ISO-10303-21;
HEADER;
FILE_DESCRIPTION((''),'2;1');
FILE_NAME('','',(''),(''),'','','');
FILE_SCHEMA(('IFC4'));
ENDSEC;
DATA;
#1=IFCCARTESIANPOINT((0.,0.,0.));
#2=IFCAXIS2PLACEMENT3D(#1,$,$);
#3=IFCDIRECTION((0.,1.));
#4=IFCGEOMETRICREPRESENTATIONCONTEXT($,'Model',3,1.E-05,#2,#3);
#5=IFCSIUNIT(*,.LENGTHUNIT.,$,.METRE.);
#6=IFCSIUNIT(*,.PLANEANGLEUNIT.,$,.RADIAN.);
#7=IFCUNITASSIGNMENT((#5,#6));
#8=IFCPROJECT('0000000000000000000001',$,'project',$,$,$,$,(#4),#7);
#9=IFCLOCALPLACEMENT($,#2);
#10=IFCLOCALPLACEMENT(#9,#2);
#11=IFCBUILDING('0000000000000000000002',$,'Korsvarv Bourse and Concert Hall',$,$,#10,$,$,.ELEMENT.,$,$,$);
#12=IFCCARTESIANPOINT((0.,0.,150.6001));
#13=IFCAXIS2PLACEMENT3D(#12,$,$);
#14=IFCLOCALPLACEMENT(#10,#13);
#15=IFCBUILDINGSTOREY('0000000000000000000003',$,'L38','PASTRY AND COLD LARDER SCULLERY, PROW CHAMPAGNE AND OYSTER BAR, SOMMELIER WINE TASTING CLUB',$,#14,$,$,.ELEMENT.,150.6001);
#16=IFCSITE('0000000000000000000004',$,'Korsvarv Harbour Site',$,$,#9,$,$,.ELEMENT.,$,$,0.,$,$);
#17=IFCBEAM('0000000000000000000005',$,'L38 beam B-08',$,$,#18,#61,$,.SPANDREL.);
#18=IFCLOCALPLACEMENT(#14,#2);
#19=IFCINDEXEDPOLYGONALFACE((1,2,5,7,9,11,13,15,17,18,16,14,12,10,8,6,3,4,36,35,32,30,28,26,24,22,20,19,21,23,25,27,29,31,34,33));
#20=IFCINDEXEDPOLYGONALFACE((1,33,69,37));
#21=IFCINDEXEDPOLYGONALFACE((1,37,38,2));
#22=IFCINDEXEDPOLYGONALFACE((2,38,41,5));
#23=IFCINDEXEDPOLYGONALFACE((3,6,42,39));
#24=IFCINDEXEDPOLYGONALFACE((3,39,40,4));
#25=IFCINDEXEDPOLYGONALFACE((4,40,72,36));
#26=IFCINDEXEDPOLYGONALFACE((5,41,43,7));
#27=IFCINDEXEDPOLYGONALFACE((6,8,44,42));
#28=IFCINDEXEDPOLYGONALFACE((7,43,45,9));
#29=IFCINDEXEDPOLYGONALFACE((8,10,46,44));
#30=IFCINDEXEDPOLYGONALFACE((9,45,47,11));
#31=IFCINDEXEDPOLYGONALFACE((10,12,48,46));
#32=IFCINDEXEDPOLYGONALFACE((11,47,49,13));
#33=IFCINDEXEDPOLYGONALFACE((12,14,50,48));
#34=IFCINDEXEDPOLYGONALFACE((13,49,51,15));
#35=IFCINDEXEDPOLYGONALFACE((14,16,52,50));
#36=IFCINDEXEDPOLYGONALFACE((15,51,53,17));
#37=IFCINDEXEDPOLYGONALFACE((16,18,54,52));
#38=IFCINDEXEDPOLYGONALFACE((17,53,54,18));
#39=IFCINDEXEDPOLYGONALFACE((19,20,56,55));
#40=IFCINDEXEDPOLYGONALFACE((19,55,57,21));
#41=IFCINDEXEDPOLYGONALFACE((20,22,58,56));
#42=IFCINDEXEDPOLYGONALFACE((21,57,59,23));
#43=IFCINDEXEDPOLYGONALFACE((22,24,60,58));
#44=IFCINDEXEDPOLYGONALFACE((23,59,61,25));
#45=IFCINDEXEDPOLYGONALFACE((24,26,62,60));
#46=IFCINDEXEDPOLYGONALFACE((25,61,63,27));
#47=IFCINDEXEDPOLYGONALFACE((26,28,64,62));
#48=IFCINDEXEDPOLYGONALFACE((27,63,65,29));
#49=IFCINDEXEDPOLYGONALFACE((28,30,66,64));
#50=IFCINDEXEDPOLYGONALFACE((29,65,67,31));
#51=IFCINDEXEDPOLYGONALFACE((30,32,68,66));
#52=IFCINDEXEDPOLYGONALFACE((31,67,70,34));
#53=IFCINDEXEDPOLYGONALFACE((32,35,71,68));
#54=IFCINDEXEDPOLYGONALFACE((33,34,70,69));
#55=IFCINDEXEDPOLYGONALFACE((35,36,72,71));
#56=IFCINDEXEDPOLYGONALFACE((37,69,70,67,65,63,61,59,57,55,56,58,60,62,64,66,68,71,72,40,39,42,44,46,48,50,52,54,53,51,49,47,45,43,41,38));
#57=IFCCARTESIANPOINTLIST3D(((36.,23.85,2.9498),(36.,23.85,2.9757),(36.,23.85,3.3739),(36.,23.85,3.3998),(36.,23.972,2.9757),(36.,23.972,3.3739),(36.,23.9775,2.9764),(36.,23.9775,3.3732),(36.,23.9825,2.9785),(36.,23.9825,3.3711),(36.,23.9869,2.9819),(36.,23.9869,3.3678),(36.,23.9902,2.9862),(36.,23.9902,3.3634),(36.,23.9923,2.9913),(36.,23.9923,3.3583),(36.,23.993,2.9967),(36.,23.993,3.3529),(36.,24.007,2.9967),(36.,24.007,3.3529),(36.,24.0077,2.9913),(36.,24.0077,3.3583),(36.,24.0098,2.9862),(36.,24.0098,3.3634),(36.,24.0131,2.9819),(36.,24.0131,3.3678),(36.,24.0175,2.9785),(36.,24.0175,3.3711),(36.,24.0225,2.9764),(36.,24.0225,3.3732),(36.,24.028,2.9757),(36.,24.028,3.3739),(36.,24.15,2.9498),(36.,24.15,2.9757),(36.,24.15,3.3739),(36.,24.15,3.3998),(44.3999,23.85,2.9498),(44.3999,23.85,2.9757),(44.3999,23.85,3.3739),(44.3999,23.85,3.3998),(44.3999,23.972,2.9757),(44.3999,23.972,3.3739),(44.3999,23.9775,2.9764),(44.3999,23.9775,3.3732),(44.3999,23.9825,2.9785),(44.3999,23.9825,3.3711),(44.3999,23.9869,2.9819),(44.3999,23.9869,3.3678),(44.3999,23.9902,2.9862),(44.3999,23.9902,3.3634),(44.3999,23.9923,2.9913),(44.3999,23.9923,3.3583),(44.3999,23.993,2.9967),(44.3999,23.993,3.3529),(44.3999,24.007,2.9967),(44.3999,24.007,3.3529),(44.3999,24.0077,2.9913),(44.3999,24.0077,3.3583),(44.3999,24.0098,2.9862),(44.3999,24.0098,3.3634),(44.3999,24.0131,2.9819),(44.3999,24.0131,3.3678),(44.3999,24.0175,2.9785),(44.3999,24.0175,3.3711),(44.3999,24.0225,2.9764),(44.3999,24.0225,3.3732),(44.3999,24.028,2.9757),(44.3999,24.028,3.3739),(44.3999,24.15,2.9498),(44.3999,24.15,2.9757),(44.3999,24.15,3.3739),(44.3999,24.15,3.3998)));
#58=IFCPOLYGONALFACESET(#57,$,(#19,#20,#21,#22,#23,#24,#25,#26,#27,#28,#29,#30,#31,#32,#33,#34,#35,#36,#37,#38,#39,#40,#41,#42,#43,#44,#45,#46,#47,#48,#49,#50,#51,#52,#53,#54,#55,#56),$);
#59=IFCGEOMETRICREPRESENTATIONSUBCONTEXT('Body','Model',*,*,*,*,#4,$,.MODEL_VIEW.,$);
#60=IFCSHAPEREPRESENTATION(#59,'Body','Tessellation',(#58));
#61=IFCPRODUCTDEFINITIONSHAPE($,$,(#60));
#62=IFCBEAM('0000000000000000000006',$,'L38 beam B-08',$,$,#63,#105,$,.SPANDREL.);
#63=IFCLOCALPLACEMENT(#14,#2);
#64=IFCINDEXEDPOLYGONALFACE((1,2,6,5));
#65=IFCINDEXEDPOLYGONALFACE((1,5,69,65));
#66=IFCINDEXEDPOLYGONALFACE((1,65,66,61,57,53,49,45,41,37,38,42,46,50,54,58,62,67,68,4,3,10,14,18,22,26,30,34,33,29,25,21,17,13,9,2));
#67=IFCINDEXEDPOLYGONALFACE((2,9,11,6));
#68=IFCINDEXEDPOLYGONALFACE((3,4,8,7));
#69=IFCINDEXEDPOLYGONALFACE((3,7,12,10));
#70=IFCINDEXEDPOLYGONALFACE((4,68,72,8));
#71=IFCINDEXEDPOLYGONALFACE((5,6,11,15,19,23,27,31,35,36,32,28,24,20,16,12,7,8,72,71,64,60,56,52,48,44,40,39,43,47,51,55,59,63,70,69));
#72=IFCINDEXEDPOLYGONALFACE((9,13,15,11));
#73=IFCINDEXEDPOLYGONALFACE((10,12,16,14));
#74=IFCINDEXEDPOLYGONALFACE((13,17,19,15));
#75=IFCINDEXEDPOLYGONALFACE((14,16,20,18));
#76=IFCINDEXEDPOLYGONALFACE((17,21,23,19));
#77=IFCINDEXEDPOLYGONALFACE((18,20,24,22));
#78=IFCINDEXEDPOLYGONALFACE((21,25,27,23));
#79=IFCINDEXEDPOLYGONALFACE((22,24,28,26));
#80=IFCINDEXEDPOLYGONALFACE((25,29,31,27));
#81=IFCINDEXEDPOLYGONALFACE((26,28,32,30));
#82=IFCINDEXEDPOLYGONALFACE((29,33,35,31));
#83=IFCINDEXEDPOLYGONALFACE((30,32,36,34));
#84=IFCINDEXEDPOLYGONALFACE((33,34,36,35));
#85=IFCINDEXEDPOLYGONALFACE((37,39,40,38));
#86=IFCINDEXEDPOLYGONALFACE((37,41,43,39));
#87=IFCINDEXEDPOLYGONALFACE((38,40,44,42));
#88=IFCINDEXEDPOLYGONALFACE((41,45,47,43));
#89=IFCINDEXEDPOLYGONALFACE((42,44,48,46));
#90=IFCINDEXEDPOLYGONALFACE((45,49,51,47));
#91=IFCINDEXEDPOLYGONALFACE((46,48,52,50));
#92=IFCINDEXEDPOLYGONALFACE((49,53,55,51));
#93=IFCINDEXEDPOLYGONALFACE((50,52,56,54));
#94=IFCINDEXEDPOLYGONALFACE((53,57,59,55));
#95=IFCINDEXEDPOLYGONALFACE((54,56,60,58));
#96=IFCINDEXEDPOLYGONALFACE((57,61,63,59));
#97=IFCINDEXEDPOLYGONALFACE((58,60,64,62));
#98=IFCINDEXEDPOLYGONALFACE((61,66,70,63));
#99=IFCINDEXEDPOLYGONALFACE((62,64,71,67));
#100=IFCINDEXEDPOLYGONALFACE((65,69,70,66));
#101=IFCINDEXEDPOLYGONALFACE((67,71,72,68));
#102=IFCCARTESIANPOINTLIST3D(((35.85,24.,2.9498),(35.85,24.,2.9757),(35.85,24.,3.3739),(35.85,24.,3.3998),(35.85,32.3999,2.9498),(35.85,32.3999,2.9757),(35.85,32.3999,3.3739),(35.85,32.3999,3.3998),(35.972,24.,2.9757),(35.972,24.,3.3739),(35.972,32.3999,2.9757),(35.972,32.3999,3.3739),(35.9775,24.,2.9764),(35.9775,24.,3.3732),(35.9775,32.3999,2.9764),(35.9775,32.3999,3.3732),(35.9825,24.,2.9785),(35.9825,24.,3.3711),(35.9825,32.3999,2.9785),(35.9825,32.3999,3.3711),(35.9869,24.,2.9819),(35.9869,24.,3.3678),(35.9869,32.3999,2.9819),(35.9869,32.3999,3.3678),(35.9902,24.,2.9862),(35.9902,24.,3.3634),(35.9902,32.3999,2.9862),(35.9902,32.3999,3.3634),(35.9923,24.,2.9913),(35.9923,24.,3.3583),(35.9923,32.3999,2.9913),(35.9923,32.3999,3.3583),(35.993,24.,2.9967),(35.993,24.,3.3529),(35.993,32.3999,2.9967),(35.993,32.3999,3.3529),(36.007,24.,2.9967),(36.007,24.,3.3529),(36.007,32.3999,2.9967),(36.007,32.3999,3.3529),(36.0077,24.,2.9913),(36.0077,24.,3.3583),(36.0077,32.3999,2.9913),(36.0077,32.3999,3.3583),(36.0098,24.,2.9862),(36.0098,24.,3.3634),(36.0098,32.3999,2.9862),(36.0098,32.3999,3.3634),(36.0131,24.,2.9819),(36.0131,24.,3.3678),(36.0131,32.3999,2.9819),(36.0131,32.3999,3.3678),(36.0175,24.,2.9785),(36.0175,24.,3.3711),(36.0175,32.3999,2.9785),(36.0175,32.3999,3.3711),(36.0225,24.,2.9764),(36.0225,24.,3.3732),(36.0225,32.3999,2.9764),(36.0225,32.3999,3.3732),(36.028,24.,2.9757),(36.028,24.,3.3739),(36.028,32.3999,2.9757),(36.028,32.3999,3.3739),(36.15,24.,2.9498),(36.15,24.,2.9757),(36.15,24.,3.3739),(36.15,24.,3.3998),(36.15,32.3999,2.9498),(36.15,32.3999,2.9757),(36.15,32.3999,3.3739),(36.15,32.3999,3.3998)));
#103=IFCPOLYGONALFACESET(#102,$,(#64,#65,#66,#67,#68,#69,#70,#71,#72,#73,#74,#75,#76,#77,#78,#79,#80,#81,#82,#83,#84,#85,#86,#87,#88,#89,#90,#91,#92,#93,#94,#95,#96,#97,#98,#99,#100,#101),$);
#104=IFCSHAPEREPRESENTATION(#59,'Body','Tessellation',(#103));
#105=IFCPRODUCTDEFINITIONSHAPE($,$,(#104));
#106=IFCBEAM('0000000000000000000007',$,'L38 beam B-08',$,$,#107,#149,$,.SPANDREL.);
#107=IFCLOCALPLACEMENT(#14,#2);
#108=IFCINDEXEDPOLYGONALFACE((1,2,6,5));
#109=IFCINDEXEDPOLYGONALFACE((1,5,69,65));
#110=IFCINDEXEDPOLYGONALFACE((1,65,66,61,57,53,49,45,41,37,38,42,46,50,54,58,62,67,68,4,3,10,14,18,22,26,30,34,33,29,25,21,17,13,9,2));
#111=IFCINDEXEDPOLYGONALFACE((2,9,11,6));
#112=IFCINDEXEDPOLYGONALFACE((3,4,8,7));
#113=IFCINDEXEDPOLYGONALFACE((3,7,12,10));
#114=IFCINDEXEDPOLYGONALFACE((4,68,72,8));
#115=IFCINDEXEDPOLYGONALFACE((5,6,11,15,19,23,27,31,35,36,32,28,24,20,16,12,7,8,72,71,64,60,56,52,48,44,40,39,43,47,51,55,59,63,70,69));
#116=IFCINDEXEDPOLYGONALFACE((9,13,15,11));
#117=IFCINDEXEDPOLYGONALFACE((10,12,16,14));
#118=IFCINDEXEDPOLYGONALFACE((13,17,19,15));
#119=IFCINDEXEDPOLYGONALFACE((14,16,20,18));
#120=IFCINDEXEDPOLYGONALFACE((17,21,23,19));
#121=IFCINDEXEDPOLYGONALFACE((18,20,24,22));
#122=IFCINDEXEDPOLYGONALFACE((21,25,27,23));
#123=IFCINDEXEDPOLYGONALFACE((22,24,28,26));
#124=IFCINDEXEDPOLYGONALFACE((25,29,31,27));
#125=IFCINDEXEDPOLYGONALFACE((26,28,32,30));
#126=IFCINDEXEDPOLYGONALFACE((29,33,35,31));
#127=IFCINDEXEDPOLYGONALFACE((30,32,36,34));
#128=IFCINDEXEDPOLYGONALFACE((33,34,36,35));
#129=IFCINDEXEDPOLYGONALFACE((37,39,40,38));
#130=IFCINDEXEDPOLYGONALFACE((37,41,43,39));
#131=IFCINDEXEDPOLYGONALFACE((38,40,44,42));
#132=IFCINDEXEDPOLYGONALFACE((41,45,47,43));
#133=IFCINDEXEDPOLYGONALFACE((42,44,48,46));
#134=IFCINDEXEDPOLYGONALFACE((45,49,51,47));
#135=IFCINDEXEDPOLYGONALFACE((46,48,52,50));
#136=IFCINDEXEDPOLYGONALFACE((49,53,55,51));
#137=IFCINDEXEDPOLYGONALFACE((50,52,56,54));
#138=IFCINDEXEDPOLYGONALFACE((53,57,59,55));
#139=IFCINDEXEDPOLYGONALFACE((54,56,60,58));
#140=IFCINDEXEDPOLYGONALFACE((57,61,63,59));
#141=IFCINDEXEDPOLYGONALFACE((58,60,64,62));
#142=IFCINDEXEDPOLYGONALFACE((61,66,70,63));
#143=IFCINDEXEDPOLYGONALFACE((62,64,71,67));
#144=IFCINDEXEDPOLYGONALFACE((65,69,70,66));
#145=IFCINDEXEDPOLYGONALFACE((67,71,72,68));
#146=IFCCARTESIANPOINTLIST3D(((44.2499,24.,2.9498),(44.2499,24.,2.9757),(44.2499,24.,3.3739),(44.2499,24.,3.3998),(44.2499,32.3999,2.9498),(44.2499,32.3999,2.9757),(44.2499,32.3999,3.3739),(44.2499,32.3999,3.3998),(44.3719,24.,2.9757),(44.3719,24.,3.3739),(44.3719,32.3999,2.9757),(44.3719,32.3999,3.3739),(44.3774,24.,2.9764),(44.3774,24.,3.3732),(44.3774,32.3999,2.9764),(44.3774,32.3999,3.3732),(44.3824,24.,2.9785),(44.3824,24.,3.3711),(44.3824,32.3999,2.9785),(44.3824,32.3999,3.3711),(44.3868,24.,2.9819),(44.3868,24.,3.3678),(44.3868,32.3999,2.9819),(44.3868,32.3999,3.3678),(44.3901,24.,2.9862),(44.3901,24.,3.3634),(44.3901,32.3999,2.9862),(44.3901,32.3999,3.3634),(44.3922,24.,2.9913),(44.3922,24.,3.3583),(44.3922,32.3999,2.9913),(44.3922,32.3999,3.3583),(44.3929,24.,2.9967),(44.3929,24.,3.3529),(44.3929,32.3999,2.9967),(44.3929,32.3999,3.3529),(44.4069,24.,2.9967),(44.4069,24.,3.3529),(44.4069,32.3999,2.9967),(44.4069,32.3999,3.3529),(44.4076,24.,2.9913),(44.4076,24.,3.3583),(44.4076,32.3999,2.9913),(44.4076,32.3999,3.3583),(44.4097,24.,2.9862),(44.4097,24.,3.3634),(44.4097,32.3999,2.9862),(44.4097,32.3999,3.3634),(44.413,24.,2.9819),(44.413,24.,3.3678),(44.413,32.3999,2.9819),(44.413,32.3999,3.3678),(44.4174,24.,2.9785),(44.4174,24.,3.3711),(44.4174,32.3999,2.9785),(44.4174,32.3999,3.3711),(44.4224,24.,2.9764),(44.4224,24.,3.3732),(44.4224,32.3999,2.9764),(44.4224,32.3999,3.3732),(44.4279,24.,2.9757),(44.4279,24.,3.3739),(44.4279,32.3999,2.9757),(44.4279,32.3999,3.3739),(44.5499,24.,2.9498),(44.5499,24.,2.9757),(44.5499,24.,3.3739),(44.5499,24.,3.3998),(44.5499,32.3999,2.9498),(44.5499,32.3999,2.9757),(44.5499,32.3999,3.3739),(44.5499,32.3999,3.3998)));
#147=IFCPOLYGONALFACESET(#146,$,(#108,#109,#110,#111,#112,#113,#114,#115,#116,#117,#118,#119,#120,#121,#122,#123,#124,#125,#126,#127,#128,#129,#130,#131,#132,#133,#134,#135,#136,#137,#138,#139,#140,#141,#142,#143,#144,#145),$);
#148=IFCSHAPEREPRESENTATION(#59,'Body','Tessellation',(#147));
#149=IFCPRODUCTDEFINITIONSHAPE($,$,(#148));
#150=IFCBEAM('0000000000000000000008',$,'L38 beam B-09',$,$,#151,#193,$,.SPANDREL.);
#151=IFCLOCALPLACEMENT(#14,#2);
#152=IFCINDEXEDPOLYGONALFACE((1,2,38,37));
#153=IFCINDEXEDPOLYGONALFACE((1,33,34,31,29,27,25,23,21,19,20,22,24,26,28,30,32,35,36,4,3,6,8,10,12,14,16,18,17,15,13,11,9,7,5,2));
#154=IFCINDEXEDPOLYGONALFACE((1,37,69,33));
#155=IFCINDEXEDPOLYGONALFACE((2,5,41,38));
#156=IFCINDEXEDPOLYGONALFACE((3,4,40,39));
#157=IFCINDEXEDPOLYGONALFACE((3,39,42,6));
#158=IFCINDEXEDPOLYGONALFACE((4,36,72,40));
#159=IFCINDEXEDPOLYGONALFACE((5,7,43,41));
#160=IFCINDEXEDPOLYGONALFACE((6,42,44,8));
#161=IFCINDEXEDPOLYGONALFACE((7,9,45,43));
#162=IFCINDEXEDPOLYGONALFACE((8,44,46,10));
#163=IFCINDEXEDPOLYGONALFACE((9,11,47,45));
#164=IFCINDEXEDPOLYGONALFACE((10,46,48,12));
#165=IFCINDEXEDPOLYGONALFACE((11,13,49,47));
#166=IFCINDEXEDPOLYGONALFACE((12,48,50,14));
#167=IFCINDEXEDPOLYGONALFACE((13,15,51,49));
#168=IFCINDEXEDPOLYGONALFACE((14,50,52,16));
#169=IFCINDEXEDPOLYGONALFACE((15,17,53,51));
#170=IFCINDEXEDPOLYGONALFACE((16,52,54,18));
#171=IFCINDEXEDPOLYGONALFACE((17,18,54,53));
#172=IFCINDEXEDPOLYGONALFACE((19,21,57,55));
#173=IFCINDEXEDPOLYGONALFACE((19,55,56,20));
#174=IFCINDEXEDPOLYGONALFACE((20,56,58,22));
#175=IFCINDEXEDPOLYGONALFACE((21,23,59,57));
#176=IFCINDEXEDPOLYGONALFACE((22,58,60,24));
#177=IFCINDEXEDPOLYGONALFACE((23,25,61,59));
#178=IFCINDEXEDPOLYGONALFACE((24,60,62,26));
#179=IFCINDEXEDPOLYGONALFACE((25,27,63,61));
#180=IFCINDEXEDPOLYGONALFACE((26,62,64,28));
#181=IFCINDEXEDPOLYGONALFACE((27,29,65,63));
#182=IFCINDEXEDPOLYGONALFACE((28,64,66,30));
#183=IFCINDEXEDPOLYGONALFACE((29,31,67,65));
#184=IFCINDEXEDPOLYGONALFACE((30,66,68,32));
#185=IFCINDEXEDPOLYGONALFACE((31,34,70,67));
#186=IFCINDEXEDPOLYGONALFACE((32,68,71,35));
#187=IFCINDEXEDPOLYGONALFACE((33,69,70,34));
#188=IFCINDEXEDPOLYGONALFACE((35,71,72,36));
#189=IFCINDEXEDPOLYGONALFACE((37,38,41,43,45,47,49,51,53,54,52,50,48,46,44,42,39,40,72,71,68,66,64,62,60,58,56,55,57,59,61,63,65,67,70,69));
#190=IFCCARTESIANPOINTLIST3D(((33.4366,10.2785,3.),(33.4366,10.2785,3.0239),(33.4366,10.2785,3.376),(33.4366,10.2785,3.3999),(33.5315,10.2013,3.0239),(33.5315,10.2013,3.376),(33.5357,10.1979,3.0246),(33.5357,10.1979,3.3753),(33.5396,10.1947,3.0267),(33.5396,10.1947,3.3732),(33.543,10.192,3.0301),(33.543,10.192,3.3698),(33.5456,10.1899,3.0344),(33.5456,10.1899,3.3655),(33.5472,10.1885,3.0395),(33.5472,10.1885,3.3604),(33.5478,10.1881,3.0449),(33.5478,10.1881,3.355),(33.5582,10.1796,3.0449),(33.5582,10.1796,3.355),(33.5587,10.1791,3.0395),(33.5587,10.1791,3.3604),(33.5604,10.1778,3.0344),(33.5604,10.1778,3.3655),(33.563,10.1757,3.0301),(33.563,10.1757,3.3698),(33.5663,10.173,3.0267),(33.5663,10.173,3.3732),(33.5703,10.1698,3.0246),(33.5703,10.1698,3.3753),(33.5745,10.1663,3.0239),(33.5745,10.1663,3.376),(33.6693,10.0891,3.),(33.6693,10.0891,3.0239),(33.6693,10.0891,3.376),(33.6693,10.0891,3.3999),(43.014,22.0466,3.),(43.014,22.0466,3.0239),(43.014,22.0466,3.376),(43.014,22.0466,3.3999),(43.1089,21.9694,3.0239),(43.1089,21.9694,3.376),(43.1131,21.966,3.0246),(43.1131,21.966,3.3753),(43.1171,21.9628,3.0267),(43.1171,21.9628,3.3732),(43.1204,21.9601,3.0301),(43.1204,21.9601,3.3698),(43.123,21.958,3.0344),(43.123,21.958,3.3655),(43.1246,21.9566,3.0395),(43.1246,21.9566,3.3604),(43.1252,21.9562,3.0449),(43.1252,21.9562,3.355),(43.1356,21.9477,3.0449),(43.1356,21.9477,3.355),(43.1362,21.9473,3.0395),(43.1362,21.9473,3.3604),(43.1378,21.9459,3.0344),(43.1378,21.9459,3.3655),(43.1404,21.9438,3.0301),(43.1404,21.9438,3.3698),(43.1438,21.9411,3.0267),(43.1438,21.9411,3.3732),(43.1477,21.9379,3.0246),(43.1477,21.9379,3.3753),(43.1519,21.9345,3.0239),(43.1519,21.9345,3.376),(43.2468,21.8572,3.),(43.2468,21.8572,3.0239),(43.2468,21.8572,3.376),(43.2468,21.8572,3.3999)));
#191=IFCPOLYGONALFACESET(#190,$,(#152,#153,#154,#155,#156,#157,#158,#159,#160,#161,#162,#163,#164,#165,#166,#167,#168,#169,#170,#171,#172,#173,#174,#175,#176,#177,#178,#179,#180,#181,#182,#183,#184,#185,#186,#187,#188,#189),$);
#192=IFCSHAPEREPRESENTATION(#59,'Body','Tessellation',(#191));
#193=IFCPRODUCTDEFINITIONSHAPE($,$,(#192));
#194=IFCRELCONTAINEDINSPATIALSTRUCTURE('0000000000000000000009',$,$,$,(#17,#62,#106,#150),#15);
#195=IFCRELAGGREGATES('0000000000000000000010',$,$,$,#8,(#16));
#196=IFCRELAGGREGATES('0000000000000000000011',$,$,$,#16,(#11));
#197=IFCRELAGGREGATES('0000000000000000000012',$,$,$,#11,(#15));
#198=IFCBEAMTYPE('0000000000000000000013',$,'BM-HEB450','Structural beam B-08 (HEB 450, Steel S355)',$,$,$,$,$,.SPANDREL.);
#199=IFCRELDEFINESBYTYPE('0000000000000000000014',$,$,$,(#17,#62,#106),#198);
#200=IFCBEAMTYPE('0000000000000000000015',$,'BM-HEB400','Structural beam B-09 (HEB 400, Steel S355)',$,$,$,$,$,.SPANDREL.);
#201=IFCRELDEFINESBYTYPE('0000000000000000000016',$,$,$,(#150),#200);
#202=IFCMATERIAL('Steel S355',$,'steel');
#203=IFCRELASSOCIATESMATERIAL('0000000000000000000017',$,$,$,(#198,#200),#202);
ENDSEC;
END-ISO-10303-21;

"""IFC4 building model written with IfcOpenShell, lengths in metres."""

from ifc_helpers import new_model, si_unit, direction, frame, origin, origin_2d, place, context, subcontext, project, spatial, i_section, extrude, source, transform, mapped, material, material_profile, profile_set, type_object, element, save


model = new_model("IFC4")

# Units and contexts
model_context = context("Model", 3, precision=1e-05, world=origin(), true_north=direction((0.0, 1.0)))
body_context = subcontext(model_context, "Body", "Model", "MODEL_VIEW")
ifc_project = project(units=[si_unit("LENGTHUNIT", "METRE"), si_unit("PLANEANGLEUNIT", "RADIAN")], contexts=[model_context])

# Site, building, storey
site_placement = place(None, origin())
site = spatial("IfcSite", under=ifc_project, at=site_placement, Name="Korsvarv Harbour Site", CompositionType="ELEMENT", RefElevation=0.0)
building_placement = place(site_placement, origin())
building = spatial("IfcBuilding", under=site, at=building_placement, Name="Korsvarv Bourse and Concert Hall", CompositionType="ELEMENT")
storey_placement = place(building_placement, frame((0.0, 0.0, 150.6001)))
storey = spatial("IfcBuildingStorey", under=building, at=storey_placement, Name="L38", Description="PASTRY AND COLD LARDER SCULLERY, PROW CHAMPAGNE AND OYSTER BAR, SOMMELIER WINE TASTING CLUB", CompositionType="ELEMENT", Elevation=150.6001)

# Shared definitions
ifc_material_1 = material(Name="Steel S355", Category="steel")

# Beams
ifc_material_profile_1 = material_profile(ifc_material_1, i_section(OverallWidth=0.3, OverallDepth=0.45, WebThickness=0.0139, FlangeThickness=0.0259, FilletRadius=0.021, at=origin_2d()), Name="HEB 450")
ifc_profile_set_1 = profile_set([ifc_material_profile_1], Name="Steel S355")
beam_type_1 = type_object("IfcBeamType", Name="BM-HEB450", Description="Structural beam B-08 (HEB 450, Steel S355)", PredefinedType="SPANDREL", material=ifc_profile_set_1)
shared_shape_1 = source(origin(), body_context, "Body", "SweptSolid", [
    extrude(i_section(OverallWidth=0.3, OverallDepth=0.45, WebThickness=0.0139, FlangeThickness=0.0259, FilletRadius=0.021, at=origin_2d()), origin(), (0.0, 0.0, 1.0), 8.3999),
])
for number, where, z_axis, x_axis, name in (
    (1, (36.0, 24.0, 3.1748), (1.0, 0.0, 0.0), (0.0, 1.0, 0.0), "L38 beam B-08"),
    (2, (36.0, 24.0, 3.1748), (0.0, 1.0, 0.0), (-1.0, 0.0, 0.0), "L38 beam B-08"),
    (3, (44.3999, 24.0, 3.1748), (0.0, 1.0, 0.0), (-1.0, 0.0, 0.0), "L38 beam B-08"),
):
    element("IfcBeam", number, at=place(storey_placement, frame(where, z_axis=z_axis, x_axis=x_axis)), inside=storey, type_object=beam_type_1, Name=name, PredefinedType="SPANDREL", context=body_context, shape_type="MappedRepresentation", body=[
        mapped(shared_shape_1, transform((0.0, 0.0, 0.0), scale=1.0)),
    ])
ifc_material_profile_2 = material_profile(ifc_material_1, i_section(OverallWidth=0.3, OverallDepth=0.3999, WebThickness=0.0134, FlangeThickness=0.0239, FilletRadius=0.021, at=origin_2d()), Name="HEB 400")
ifc_profile_set_2 = profile_set([ifc_material_profile_2], Name="Steel S355")
beam_type_2 = type_object("IfcBeamType", Name="BM-HEB400", Description="Structural beam B-09 (HEB 400, Steel S355)", PredefinedType="SPANDREL", material=ifc_profile_set_2)
shared_shape_2 = source(origin(), body_context, "Body", "SweptSolid", [
    extrude(i_section(OverallWidth=0.3, OverallDepth=0.3999, WebThickness=0.0134, FlangeThickness=0.0239, FilletRadius=0.021, at=origin_2d()), origin(), (0.0, 0.0, 1.0), 15.1729),
])
beam_1_placement = place(storey_placement, frame((33.553, 10.1838, 3.2), z_axis=(0.631221, 0.775603, 0.0), x_axis=(-0.775603, 0.631221, 0.0)))
element("IfcBeam", 4, at=beam_1_placement, inside=storey, type_object=beam_type_2, Name="L38 beam B-09", PredefinedType="SPANDREL", context=body_context, shape_type="MappedRepresentation", body=[
    mapped(shared_shape_2, transform((0.0, 0.0, 0.0), scale=1.0)),
])

save(model, "model.ifc")
